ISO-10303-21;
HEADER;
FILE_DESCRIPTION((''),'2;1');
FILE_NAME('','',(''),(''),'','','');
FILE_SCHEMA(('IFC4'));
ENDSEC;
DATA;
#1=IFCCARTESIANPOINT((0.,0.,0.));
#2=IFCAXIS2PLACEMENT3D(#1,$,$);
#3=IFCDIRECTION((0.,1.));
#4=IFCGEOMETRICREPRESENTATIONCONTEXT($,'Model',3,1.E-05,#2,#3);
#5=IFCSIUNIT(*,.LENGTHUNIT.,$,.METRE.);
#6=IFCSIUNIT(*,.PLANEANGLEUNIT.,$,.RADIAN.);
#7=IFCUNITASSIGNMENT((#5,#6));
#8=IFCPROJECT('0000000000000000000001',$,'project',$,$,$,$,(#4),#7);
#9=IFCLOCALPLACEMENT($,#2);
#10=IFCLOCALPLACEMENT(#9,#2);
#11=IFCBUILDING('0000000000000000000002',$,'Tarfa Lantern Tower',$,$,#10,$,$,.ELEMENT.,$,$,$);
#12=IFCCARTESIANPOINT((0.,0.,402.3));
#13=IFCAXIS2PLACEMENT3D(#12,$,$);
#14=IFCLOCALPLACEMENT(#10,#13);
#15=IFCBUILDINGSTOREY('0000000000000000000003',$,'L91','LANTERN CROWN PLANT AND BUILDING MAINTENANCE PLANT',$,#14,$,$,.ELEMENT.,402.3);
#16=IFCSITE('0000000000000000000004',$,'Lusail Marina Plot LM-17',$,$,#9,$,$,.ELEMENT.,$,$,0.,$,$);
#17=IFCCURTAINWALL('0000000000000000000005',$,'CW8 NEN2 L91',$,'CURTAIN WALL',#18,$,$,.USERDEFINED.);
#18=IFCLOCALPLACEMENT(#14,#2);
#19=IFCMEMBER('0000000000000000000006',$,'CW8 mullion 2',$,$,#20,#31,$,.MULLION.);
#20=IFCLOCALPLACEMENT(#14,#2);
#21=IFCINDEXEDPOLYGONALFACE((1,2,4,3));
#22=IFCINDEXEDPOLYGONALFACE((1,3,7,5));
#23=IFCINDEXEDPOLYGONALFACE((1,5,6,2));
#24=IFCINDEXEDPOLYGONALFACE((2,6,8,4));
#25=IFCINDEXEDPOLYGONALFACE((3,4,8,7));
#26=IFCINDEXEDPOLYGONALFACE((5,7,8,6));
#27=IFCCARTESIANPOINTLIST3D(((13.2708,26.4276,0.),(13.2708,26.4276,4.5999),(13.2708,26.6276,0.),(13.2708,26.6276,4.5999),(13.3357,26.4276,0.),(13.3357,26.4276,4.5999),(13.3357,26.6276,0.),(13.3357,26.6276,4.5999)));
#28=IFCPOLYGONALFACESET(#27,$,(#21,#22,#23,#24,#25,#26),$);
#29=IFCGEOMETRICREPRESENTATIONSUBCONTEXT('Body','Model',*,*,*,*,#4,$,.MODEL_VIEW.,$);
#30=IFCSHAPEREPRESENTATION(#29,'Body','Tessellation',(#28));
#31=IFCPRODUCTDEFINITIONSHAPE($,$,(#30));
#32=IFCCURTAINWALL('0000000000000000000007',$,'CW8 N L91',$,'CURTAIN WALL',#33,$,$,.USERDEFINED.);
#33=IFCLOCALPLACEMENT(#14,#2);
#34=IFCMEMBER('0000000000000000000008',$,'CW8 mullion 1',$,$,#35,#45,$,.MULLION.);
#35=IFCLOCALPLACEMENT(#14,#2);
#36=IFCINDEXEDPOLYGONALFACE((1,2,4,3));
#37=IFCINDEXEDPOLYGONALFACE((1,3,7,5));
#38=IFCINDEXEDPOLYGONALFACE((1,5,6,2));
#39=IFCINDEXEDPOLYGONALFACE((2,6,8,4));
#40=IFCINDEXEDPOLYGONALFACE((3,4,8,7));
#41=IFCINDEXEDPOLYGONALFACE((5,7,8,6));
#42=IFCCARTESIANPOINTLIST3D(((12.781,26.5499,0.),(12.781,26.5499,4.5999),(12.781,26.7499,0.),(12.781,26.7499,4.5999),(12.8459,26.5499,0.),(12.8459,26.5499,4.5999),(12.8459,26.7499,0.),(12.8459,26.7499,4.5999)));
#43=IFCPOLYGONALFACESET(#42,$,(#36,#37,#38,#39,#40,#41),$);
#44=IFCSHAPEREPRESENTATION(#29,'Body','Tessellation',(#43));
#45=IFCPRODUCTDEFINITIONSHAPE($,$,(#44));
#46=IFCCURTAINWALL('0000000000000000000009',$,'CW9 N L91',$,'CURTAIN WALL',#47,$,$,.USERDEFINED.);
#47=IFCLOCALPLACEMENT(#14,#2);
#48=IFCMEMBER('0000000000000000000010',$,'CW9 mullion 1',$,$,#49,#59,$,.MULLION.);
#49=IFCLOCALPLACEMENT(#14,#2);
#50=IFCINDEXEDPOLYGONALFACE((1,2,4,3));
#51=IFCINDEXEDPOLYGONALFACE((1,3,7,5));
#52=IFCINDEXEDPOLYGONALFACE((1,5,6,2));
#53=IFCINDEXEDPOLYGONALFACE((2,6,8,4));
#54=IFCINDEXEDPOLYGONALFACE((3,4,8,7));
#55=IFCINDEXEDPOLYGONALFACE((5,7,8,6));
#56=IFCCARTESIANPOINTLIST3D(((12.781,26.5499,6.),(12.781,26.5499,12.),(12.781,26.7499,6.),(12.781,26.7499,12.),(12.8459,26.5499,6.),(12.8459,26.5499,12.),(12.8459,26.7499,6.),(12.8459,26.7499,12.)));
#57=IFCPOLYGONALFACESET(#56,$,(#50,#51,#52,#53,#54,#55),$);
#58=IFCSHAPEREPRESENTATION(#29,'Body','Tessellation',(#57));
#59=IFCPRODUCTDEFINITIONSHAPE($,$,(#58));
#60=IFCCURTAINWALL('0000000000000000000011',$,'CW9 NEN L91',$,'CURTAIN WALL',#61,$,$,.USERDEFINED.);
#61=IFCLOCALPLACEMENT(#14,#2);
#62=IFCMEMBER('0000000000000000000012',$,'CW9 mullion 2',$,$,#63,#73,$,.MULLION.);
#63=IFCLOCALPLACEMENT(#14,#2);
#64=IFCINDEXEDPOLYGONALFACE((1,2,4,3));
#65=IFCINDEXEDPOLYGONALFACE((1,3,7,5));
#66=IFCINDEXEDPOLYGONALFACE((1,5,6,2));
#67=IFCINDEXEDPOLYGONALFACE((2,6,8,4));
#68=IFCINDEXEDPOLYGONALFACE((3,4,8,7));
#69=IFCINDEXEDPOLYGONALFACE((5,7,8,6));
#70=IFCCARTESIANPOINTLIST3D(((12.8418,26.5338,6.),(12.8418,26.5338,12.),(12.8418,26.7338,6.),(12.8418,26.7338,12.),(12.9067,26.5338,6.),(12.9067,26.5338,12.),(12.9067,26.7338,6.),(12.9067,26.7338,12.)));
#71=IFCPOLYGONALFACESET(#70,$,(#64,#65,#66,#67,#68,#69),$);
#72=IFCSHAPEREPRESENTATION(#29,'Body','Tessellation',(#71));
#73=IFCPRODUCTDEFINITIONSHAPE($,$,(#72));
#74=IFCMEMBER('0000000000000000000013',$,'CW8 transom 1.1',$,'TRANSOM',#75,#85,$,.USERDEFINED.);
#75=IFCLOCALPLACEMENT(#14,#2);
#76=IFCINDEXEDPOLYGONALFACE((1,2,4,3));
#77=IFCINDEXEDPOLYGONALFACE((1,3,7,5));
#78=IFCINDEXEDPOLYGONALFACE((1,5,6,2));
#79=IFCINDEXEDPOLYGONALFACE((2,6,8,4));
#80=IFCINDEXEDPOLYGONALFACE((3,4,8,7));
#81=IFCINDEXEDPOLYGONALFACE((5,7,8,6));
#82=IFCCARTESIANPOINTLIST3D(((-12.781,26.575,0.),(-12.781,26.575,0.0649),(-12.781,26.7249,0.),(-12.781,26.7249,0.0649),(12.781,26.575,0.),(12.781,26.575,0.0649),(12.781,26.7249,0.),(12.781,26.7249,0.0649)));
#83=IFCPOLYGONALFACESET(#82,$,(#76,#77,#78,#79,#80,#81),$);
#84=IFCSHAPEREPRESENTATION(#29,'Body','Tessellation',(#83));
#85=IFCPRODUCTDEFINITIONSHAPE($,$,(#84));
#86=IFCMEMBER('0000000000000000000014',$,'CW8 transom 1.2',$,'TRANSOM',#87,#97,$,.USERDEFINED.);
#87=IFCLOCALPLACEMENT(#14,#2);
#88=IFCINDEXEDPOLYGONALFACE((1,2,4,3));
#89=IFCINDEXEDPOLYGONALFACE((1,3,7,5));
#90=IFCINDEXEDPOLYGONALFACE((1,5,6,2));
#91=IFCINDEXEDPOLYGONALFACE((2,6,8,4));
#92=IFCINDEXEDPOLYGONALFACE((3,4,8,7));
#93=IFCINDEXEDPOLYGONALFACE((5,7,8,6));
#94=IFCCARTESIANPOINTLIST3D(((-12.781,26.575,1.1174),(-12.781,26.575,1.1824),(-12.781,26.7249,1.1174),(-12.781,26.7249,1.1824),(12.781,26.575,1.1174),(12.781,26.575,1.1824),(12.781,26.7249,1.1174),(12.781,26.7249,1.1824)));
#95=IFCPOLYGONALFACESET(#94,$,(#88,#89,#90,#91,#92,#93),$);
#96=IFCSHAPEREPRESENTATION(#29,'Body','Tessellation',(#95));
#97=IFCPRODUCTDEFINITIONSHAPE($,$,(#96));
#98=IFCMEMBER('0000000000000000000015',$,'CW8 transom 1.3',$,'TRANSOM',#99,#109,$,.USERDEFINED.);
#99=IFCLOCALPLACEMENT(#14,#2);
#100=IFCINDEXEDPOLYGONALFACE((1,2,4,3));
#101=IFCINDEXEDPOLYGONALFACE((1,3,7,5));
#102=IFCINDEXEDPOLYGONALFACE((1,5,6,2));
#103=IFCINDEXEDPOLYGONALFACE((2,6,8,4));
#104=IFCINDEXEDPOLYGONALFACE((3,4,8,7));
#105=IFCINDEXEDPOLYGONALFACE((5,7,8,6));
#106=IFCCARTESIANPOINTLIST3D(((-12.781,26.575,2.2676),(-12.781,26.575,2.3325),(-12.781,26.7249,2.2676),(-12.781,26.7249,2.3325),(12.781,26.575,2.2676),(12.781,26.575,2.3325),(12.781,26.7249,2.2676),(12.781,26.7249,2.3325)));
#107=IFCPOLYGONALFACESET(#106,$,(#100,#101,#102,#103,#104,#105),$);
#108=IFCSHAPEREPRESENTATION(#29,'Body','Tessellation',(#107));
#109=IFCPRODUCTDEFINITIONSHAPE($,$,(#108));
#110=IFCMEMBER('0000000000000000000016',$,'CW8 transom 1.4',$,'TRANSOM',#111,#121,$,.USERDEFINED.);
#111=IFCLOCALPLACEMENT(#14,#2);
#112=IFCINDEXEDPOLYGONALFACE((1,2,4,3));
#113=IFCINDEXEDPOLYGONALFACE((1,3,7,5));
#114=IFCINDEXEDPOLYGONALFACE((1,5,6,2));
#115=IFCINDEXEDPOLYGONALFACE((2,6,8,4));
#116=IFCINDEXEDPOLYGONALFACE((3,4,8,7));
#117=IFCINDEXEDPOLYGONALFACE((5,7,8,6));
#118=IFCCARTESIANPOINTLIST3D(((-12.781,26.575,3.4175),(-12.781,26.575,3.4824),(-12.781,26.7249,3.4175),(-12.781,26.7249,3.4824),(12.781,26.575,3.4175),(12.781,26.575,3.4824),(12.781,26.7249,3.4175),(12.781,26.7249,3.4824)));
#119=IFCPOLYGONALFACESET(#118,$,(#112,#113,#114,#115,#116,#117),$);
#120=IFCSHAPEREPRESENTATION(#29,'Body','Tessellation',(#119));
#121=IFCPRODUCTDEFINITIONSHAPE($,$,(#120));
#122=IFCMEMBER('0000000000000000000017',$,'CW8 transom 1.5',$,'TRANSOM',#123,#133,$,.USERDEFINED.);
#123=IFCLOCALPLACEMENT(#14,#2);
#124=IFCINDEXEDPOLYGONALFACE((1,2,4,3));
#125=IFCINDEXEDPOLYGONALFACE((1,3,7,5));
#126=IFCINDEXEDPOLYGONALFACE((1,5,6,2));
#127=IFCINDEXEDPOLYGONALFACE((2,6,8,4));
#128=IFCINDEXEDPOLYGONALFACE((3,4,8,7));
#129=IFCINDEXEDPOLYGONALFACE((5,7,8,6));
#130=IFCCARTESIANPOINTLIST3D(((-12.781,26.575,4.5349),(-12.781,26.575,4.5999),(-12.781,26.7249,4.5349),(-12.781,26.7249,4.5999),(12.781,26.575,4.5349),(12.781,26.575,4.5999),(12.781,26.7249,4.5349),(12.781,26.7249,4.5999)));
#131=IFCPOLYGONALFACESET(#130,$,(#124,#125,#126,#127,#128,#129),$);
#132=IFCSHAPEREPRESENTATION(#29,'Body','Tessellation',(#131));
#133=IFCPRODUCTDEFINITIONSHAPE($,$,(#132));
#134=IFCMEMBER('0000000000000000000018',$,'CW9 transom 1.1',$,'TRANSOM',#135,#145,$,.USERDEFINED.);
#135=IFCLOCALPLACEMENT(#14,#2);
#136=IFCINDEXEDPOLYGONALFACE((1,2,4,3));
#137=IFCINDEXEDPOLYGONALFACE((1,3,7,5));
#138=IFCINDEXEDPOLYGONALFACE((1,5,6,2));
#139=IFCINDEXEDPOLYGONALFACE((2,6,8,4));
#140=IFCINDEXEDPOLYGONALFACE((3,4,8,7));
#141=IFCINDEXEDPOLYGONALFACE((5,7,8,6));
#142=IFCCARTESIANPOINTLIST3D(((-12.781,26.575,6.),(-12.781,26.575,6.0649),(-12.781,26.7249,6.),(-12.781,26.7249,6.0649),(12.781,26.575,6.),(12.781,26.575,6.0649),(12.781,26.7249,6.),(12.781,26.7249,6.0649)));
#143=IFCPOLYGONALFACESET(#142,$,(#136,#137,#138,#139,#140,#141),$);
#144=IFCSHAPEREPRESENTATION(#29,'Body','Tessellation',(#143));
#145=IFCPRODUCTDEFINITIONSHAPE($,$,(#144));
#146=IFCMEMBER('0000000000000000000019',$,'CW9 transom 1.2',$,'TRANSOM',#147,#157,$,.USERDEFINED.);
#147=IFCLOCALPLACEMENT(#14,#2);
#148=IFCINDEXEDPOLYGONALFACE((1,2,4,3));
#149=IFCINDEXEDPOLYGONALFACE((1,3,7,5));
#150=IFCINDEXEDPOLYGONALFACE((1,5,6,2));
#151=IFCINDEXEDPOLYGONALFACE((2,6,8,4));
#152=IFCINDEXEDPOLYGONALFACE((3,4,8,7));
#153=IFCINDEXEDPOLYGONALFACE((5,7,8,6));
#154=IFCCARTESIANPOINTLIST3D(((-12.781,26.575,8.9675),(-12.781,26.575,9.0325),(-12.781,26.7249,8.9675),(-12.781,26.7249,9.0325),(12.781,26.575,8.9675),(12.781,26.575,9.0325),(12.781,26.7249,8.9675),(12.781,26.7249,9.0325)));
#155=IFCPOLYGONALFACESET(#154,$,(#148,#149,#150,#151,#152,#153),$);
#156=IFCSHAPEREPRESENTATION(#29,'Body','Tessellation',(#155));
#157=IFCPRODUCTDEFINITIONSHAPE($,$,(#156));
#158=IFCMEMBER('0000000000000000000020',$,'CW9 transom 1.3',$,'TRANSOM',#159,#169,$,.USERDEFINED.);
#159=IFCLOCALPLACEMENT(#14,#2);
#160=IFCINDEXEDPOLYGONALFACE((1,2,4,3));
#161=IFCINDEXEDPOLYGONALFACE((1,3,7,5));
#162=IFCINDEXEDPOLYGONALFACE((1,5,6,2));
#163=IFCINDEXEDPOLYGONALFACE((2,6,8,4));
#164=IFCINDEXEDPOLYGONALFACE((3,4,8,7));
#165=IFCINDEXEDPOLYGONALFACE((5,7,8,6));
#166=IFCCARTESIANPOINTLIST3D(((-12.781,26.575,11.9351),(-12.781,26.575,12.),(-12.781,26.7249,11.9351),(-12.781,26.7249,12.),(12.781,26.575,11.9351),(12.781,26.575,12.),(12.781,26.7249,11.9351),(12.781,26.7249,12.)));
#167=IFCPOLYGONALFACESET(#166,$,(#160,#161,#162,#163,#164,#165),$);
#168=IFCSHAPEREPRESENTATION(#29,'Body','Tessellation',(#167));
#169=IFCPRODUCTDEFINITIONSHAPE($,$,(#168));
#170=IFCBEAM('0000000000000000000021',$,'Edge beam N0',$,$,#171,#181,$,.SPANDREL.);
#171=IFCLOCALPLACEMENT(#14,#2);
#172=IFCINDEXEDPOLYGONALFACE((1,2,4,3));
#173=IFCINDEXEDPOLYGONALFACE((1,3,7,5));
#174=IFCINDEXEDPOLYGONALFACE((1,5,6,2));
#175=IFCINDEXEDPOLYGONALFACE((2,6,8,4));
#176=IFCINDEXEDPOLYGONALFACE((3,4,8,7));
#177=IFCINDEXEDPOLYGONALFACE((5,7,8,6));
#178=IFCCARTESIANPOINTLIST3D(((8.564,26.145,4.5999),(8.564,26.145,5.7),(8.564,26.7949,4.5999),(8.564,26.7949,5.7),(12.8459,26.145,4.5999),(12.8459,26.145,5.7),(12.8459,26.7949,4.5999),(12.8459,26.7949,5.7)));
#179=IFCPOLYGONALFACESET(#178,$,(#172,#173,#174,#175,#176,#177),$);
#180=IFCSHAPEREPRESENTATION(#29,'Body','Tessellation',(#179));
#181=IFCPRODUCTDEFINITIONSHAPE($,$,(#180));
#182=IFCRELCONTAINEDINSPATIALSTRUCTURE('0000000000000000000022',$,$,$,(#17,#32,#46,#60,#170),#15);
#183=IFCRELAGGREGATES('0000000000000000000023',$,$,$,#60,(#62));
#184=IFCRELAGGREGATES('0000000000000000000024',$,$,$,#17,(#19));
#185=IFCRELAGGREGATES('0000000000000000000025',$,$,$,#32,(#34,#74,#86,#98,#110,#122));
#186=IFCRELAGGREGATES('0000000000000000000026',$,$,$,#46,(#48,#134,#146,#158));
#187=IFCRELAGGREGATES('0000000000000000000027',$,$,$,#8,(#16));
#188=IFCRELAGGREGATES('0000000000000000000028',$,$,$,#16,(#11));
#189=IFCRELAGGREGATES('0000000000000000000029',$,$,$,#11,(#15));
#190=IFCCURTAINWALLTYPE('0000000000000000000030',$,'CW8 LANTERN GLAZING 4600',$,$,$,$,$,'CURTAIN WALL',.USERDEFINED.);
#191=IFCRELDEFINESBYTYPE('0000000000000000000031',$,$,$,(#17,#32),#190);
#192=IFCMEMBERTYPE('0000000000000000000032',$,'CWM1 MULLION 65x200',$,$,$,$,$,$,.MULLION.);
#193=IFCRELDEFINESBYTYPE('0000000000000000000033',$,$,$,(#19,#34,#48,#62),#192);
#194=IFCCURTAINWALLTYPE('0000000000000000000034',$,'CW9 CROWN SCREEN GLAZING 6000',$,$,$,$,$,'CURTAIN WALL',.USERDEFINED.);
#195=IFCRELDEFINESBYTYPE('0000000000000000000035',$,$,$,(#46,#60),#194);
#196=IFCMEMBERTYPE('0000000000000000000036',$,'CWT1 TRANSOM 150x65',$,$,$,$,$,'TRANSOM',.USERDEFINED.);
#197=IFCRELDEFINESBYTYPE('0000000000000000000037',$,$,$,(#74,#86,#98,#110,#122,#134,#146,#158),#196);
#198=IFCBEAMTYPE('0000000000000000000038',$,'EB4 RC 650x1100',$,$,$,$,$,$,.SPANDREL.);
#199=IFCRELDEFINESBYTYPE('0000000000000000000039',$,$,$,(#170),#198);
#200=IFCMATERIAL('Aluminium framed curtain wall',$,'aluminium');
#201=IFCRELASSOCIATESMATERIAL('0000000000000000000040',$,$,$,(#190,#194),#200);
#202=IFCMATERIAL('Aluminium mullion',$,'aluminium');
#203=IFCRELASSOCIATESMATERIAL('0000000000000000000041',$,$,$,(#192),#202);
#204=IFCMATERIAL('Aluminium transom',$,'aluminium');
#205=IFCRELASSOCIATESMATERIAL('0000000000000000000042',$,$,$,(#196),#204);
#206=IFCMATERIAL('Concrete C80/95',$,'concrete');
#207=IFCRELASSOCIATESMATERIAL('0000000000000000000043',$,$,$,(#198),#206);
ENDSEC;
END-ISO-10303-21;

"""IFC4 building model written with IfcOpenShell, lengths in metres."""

from ifc_helpers import new_model, si_unit, direction, frame, origin, origin_2d, place, context, subcontext, project, spatial, rectangle, extrude, material, material_profile, profile_set, type_object, element, aggregate, save


model = new_model("IFC4")

# Units and contexts
model_context = context("Model", 3, precision=1e-05, world=origin(), true_north=direction((0.0, 1.0)))
body_context = subcontext(model_context, "Body", "Model", "MODEL_VIEW")
ifc_project = project(units=[si_unit("LENGTHUNIT", "METRE"), si_unit("PLANEANGLEUNIT", "RADIAN")], contexts=[model_context])

# Site, building, storey
site_placement = place(None, origin())
site = spatial("IfcSite", under=ifc_project, at=site_placement, Name="Lusail Marina Plot LM-17", CompositionType="ELEMENT", RefElevation=0.0)
building_placement = place(site_placement, origin())
building = spatial("IfcBuilding", under=site, at=building_placement, Name="Tarfa Lantern Tower", CompositionType="ELEMENT")
storey_placement = place(building_placement, frame((0.0, 0.0, 402.3)))
storey = spatial("IfcBuildingStorey", under=building, at=storey_placement, Name="L91", Description="LANTERN CROWN PLANT AND BUILDING MAINTENANCE PLANT", CompositionType="ELEMENT", Elevation=402.3)

# Curtain walls, members
ifc_material_1 = material(Name="Aluminium framed curtain wall", Category="aluminium")
curtain_wall_type_1 = type_object("IfcCurtainWallType", Name="CW8 LANTERN GLAZING 4600", ElementType="CURTAIN WALL", PredefinedType="USERDEFINED", material=ifc_material_1)
curtain_wall_1_placement = place(storey_placement, origin())
curtain_wall_1 = element("IfcCurtainWall", 1, at=curtain_wall_1_placement, inside=storey, type_object=curtain_wall_type_1, Name="CW8 NEN2 L91", ObjectType="CURTAIN WALL", PredefinedType="USERDEFINED")
ifc_material_2 = material(Name="Aluminium mullion", Category="aluminium")
ifc_material_profile_1 = material_profile(ifc_material_2, rectangle(XDim=0.0649, YDim=0.2, at=origin_2d()), Name="AL MULLION 65x200")
ifc_profile_set_1 = profile_set([ifc_material_profile_1], Name="Aluminium mullion")
member_type_1 = type_object("IfcMemberType", Name="CWM1 MULLION 65x200", PredefinedType="MULLION", material=ifc_profile_set_1)
member_1_placement = place(storey_placement, frame((13.3032, 26.5276, 0.0), z_axis=(0.0, 0.0, 1.0), x_axis=(1.0, 0.0, 0.0)))
member_1 = element("IfcMember", 2, at=member_1_placement, type_object=member_type_1, Name="CW8 mullion 2", PredefinedType="MULLION", context=body_context, shape_type="SweptSolid", body=[
    extrude(rectangle(XDim=0.0649, YDim=0.2, at=origin_2d()), origin(), (0.0, 0.0, 1.0), 4.5999),
])
curtain_wall_2_placement = place(storey_placement, origin())
curtain_wall_2 = element("IfcCurtainWall", 3, at=curtain_wall_2_placement, inside=storey, type_object=curtain_wall_type_1, Name="CW8 N L91", ObjectType="CURTAIN WALL", PredefinedType="USERDEFINED")
member_2_placement = place(storey_placement, frame((12.8135, 26.6499, 0.0), z_axis=(0.0, 0.0, 1.0), x_axis=(1.0, 0.0, 0.0)))
member_2 = element("IfcMember", 4, at=member_2_placement, type_object=member_type_1, Name="CW8 mullion 1", PredefinedType="MULLION", context=body_context, shape_type="SweptSolid", body=[
    extrude(rectangle(XDim=0.0649, YDim=0.2, at=origin_2d()), origin(), (0.0, 0.0, 1.0), 4.5999),
])
curtain_wall_type_2 = type_object("IfcCurtainWallType", Name="CW9 CROWN SCREEN GLAZING 6000", ElementType="CURTAIN WALL", PredefinedType="USERDEFINED", material=ifc_material_1)
curtain_wall_3_placement = place(storey_placement, origin())
curtain_wall_3 = element("IfcCurtainWall", 5, at=curtain_wall_3_placement, inside=storey, type_object=curtain_wall_type_2, Name="CW9 N L91", ObjectType="CURTAIN WALL", PredefinedType="USERDEFINED")
member_3_placement = place(storey_placement, frame((12.8135, 26.6499, 6.0), z_axis=(0.0, 0.0, 1.0), x_axis=(1.0, 0.0, 0.0)))
member_3 = element("IfcMember", 6, at=member_3_placement, type_object=member_type_1, Name="CW9 mullion 1", PredefinedType="MULLION", context=body_context, shape_type="SweptSolid", body=[
    extrude(rectangle(XDim=0.0649, YDim=0.2, at=origin_2d()), origin(), (0.0, 0.0, 1.0), 6.0),
])
curtain_wall_4_placement = place(storey_placement, origin())
curtain_wall_4 = element("IfcCurtainWall", 7, at=curtain_wall_4_placement, inside=storey, type_object=curtain_wall_type_2, Name="CW9 NEN L91", ObjectType="CURTAIN WALL", PredefinedType="USERDEFINED")
member_4_placement = place(storey_placement, frame((12.8743, 26.6338, 6.0), z_axis=(0.0, 0.0, 1.0), x_axis=(1.0, 0.0, 0.0)))
member_4 = element("IfcMember", 8, at=member_4_placement, type_object=member_type_1, Name="CW9 mullion 2", PredefinedType="MULLION", context=body_context, shape_type="SweptSolid", body=[
    extrude(rectangle(XDim=0.0649, YDim=0.2, at=origin_2d()), origin(), (0.0, 0.0, 1.0), 6.0),
])
aggregate(curtain_wall_4, [member_4])

# Members
ifc_material_3 = material(Name="Aluminium transom", Category="aluminium")
ifc_material_profile_2 = material_profile(ifc_material_3, rectangle(XDim=0.1499, YDim=0.0649, at=origin_2d()), Name="AL TRANSOM 150x65")
ifc_profile_set_2 = profile_set([ifc_material_profile_2], Name="Aluminium transom")
member_type_2 = type_object("IfcMemberType", Name="CWT1 TRANSOM 150x65", ElementType="TRANSOM", PredefinedType="USERDEFINED", material=ifc_profile_set_2)
member_5_placement = place(storey_placement, frame((12.781, 26.6499, 0.0325), z_axis=(-1.0, 0.0, 0.0), x_axis=(0.0, -1.0, 0.0)))
member_5 = element("IfcMember", 9, at=member_5_placement, type_object=member_type_2, Name="CW8 transom 1.1", ObjectType="TRANSOM", PredefinedType="USERDEFINED", context=body_context, shape_type="SweptSolid", body=[
    extrude(rectangle(XDim=0.1499, YDim=0.0649, at=origin_2d()), origin(), (0.0, 0.0, 1.0), 25.562),
])
member_6_placement = place(storey_placement, frame((12.781, 26.6499, 1.1499), z_axis=(-1.0, 0.0, 0.0), x_axis=(0.0, -1.0, 0.0)))
member_6 = element("IfcMember", 10, at=member_6_placement, type_object=member_type_2, Name="CW8 transom 1.2", ObjectType="TRANSOM", PredefinedType="USERDEFINED", context=body_context, shape_type="SweptSolid", body=[
    extrude(rectangle(XDim=0.1499, YDim=0.0649, at=origin_2d()), origin(), (0.0, 0.0, 1.0), 25.562),
])
member_7_placement = place(storey_placement, frame((12.781, 26.6499, 2.3), z_axis=(-1.0, 0.0, 0.0), x_axis=(0.0, -1.0, 0.0)))
member_7 = element("IfcMember", 11, at=member_7_placement, type_object=member_type_2, Name="CW8 transom 1.3", ObjectType="TRANSOM", PredefinedType="USERDEFINED", context=body_context, shape_type="SweptSolid", body=[
    extrude(rectangle(XDim=0.1499, YDim=0.0649, at=origin_2d()), origin(), (0.0, 0.0, 1.0), 25.562),
])
member_8_placement = place(storey_placement, frame((12.781, 26.6499, 3.45), z_axis=(-1.0, 0.0, 0.0), x_axis=(0.0, -1.0, 0.0)))
member_8 = element("IfcMember", 12, at=member_8_placement, type_object=member_type_2, Name="CW8 transom 1.4", ObjectType="TRANSOM", PredefinedType="USERDEFINED", context=body_context, shape_type="SweptSolid", body=[
    extrude(rectangle(XDim=0.1499, YDim=0.0649, at=origin_2d()), origin(), (0.0, 0.0, 1.0), 25.562),
])
member_9_placement = place(storey_placement, frame((12.781, 26.6499, 4.5674), z_axis=(-1.0, 0.0, 0.0), x_axis=(0.0, -1.0, 0.0)))
member_9 = element("IfcMember", 13, at=member_9_placement, type_object=member_type_2, Name="CW8 transom 1.5", ObjectType="TRANSOM", PredefinedType="USERDEFINED", context=body_context, shape_type="SweptSolid", body=[
    extrude(rectangle(XDim=0.1499, YDim=0.0649, at=origin_2d()), origin(), (0.0, 0.0, 1.0), 25.562),
])
member_10_placement = place(storey_placement, frame((12.781, 26.6499, 6.0325), z_axis=(-1.0, 0.0, 0.0), x_axis=(0.0, -1.0, 0.0)))
member_10 = element("IfcMember", 14, at=member_10_placement, type_object=member_type_2, Name="CW9 transom 1.1", ObjectType="TRANSOM", PredefinedType="USERDEFINED", context=body_context, shape_type="SweptSolid", body=[
    extrude(rectangle(XDim=0.1499, YDim=0.0649, at=origin_2d()), origin(), (0.0, 0.0, 1.0), 25.562),
])
member_11_placement = place(storey_placement, frame((12.781, 26.6499, 9.0), z_axis=(-1.0, 0.0, 0.0), x_axis=(0.0, -1.0, 0.0)))
member_11 = element("IfcMember", 15, at=member_11_placement, type_object=member_type_2, Name="CW9 transom 1.2", ObjectType="TRANSOM", PredefinedType="USERDEFINED", context=body_context, shape_type="SweptSolid", body=[
    extrude(rectangle(XDim=0.1499, YDim=0.0649, at=origin_2d()), origin(), (0.0, 0.0, 1.0), 25.562),
])
member_12_placement = place(storey_placement, frame((12.781, 26.6499, 11.9675), z_axis=(-1.0, 0.0, 0.0), x_axis=(0.0, -1.0, 0.0)))
member_12 = element("IfcMember", 16, at=member_12_placement, type_object=member_type_2, Name="CW9 transom 1.3", ObjectType="TRANSOM", PredefinedType="USERDEFINED", context=body_context, shape_type="SweptSolid", body=[
    extrude(rectangle(XDim=0.1499, YDim=0.0649, at=origin_2d()), origin(), (0.0, 0.0, 1.0), 25.562),
])

# Beam
ifc_material_4 = material(Name="Concrete C80/95", Category="concrete")
ifc_material_profile_3 = material_profile(ifc_material_4, rectangle(XDim=0.6499, YDim=1.1001, at=origin_2d()), Name="RC 650x1100")
ifc_profile_set_3 = profile_set([ifc_material_profile_3], Name="Concrete C80/95")
beam_type_1 = type_object("IfcBeamType", Name="EB4 RC 650x1100", PredefinedType="SPANDREL", material=ifc_profile_set_3)
beam_1_placement = place(storey_placement, frame((12.8459, 26.47, 5.1499), z_axis=(-1.0, 0.0, 0.0), x_axis=(0.0, -1.0, 0.0)))
element("IfcBeam", 17, at=beam_1_placement, inside=storey, type_object=beam_type_1, Name="Edge beam N0", PredefinedType="SPANDREL", context=body_context, shape_type="SweptSolid", body=[
    extrude(rectangle(XDim=0.6499, YDim=1.1001, at=origin_2d()), origin(), (0.0, 0.0, 1.0), 4.282),
])

aggregate(curtain_wall_1, [member_1])
aggregate(curtain_wall_2, [member_2, member_5, member_6, member_7, member_8, member_9])
aggregate(curtain_wall_3, [member_3, member_10, member_11, member_12])

save(model, "model.ifc")
